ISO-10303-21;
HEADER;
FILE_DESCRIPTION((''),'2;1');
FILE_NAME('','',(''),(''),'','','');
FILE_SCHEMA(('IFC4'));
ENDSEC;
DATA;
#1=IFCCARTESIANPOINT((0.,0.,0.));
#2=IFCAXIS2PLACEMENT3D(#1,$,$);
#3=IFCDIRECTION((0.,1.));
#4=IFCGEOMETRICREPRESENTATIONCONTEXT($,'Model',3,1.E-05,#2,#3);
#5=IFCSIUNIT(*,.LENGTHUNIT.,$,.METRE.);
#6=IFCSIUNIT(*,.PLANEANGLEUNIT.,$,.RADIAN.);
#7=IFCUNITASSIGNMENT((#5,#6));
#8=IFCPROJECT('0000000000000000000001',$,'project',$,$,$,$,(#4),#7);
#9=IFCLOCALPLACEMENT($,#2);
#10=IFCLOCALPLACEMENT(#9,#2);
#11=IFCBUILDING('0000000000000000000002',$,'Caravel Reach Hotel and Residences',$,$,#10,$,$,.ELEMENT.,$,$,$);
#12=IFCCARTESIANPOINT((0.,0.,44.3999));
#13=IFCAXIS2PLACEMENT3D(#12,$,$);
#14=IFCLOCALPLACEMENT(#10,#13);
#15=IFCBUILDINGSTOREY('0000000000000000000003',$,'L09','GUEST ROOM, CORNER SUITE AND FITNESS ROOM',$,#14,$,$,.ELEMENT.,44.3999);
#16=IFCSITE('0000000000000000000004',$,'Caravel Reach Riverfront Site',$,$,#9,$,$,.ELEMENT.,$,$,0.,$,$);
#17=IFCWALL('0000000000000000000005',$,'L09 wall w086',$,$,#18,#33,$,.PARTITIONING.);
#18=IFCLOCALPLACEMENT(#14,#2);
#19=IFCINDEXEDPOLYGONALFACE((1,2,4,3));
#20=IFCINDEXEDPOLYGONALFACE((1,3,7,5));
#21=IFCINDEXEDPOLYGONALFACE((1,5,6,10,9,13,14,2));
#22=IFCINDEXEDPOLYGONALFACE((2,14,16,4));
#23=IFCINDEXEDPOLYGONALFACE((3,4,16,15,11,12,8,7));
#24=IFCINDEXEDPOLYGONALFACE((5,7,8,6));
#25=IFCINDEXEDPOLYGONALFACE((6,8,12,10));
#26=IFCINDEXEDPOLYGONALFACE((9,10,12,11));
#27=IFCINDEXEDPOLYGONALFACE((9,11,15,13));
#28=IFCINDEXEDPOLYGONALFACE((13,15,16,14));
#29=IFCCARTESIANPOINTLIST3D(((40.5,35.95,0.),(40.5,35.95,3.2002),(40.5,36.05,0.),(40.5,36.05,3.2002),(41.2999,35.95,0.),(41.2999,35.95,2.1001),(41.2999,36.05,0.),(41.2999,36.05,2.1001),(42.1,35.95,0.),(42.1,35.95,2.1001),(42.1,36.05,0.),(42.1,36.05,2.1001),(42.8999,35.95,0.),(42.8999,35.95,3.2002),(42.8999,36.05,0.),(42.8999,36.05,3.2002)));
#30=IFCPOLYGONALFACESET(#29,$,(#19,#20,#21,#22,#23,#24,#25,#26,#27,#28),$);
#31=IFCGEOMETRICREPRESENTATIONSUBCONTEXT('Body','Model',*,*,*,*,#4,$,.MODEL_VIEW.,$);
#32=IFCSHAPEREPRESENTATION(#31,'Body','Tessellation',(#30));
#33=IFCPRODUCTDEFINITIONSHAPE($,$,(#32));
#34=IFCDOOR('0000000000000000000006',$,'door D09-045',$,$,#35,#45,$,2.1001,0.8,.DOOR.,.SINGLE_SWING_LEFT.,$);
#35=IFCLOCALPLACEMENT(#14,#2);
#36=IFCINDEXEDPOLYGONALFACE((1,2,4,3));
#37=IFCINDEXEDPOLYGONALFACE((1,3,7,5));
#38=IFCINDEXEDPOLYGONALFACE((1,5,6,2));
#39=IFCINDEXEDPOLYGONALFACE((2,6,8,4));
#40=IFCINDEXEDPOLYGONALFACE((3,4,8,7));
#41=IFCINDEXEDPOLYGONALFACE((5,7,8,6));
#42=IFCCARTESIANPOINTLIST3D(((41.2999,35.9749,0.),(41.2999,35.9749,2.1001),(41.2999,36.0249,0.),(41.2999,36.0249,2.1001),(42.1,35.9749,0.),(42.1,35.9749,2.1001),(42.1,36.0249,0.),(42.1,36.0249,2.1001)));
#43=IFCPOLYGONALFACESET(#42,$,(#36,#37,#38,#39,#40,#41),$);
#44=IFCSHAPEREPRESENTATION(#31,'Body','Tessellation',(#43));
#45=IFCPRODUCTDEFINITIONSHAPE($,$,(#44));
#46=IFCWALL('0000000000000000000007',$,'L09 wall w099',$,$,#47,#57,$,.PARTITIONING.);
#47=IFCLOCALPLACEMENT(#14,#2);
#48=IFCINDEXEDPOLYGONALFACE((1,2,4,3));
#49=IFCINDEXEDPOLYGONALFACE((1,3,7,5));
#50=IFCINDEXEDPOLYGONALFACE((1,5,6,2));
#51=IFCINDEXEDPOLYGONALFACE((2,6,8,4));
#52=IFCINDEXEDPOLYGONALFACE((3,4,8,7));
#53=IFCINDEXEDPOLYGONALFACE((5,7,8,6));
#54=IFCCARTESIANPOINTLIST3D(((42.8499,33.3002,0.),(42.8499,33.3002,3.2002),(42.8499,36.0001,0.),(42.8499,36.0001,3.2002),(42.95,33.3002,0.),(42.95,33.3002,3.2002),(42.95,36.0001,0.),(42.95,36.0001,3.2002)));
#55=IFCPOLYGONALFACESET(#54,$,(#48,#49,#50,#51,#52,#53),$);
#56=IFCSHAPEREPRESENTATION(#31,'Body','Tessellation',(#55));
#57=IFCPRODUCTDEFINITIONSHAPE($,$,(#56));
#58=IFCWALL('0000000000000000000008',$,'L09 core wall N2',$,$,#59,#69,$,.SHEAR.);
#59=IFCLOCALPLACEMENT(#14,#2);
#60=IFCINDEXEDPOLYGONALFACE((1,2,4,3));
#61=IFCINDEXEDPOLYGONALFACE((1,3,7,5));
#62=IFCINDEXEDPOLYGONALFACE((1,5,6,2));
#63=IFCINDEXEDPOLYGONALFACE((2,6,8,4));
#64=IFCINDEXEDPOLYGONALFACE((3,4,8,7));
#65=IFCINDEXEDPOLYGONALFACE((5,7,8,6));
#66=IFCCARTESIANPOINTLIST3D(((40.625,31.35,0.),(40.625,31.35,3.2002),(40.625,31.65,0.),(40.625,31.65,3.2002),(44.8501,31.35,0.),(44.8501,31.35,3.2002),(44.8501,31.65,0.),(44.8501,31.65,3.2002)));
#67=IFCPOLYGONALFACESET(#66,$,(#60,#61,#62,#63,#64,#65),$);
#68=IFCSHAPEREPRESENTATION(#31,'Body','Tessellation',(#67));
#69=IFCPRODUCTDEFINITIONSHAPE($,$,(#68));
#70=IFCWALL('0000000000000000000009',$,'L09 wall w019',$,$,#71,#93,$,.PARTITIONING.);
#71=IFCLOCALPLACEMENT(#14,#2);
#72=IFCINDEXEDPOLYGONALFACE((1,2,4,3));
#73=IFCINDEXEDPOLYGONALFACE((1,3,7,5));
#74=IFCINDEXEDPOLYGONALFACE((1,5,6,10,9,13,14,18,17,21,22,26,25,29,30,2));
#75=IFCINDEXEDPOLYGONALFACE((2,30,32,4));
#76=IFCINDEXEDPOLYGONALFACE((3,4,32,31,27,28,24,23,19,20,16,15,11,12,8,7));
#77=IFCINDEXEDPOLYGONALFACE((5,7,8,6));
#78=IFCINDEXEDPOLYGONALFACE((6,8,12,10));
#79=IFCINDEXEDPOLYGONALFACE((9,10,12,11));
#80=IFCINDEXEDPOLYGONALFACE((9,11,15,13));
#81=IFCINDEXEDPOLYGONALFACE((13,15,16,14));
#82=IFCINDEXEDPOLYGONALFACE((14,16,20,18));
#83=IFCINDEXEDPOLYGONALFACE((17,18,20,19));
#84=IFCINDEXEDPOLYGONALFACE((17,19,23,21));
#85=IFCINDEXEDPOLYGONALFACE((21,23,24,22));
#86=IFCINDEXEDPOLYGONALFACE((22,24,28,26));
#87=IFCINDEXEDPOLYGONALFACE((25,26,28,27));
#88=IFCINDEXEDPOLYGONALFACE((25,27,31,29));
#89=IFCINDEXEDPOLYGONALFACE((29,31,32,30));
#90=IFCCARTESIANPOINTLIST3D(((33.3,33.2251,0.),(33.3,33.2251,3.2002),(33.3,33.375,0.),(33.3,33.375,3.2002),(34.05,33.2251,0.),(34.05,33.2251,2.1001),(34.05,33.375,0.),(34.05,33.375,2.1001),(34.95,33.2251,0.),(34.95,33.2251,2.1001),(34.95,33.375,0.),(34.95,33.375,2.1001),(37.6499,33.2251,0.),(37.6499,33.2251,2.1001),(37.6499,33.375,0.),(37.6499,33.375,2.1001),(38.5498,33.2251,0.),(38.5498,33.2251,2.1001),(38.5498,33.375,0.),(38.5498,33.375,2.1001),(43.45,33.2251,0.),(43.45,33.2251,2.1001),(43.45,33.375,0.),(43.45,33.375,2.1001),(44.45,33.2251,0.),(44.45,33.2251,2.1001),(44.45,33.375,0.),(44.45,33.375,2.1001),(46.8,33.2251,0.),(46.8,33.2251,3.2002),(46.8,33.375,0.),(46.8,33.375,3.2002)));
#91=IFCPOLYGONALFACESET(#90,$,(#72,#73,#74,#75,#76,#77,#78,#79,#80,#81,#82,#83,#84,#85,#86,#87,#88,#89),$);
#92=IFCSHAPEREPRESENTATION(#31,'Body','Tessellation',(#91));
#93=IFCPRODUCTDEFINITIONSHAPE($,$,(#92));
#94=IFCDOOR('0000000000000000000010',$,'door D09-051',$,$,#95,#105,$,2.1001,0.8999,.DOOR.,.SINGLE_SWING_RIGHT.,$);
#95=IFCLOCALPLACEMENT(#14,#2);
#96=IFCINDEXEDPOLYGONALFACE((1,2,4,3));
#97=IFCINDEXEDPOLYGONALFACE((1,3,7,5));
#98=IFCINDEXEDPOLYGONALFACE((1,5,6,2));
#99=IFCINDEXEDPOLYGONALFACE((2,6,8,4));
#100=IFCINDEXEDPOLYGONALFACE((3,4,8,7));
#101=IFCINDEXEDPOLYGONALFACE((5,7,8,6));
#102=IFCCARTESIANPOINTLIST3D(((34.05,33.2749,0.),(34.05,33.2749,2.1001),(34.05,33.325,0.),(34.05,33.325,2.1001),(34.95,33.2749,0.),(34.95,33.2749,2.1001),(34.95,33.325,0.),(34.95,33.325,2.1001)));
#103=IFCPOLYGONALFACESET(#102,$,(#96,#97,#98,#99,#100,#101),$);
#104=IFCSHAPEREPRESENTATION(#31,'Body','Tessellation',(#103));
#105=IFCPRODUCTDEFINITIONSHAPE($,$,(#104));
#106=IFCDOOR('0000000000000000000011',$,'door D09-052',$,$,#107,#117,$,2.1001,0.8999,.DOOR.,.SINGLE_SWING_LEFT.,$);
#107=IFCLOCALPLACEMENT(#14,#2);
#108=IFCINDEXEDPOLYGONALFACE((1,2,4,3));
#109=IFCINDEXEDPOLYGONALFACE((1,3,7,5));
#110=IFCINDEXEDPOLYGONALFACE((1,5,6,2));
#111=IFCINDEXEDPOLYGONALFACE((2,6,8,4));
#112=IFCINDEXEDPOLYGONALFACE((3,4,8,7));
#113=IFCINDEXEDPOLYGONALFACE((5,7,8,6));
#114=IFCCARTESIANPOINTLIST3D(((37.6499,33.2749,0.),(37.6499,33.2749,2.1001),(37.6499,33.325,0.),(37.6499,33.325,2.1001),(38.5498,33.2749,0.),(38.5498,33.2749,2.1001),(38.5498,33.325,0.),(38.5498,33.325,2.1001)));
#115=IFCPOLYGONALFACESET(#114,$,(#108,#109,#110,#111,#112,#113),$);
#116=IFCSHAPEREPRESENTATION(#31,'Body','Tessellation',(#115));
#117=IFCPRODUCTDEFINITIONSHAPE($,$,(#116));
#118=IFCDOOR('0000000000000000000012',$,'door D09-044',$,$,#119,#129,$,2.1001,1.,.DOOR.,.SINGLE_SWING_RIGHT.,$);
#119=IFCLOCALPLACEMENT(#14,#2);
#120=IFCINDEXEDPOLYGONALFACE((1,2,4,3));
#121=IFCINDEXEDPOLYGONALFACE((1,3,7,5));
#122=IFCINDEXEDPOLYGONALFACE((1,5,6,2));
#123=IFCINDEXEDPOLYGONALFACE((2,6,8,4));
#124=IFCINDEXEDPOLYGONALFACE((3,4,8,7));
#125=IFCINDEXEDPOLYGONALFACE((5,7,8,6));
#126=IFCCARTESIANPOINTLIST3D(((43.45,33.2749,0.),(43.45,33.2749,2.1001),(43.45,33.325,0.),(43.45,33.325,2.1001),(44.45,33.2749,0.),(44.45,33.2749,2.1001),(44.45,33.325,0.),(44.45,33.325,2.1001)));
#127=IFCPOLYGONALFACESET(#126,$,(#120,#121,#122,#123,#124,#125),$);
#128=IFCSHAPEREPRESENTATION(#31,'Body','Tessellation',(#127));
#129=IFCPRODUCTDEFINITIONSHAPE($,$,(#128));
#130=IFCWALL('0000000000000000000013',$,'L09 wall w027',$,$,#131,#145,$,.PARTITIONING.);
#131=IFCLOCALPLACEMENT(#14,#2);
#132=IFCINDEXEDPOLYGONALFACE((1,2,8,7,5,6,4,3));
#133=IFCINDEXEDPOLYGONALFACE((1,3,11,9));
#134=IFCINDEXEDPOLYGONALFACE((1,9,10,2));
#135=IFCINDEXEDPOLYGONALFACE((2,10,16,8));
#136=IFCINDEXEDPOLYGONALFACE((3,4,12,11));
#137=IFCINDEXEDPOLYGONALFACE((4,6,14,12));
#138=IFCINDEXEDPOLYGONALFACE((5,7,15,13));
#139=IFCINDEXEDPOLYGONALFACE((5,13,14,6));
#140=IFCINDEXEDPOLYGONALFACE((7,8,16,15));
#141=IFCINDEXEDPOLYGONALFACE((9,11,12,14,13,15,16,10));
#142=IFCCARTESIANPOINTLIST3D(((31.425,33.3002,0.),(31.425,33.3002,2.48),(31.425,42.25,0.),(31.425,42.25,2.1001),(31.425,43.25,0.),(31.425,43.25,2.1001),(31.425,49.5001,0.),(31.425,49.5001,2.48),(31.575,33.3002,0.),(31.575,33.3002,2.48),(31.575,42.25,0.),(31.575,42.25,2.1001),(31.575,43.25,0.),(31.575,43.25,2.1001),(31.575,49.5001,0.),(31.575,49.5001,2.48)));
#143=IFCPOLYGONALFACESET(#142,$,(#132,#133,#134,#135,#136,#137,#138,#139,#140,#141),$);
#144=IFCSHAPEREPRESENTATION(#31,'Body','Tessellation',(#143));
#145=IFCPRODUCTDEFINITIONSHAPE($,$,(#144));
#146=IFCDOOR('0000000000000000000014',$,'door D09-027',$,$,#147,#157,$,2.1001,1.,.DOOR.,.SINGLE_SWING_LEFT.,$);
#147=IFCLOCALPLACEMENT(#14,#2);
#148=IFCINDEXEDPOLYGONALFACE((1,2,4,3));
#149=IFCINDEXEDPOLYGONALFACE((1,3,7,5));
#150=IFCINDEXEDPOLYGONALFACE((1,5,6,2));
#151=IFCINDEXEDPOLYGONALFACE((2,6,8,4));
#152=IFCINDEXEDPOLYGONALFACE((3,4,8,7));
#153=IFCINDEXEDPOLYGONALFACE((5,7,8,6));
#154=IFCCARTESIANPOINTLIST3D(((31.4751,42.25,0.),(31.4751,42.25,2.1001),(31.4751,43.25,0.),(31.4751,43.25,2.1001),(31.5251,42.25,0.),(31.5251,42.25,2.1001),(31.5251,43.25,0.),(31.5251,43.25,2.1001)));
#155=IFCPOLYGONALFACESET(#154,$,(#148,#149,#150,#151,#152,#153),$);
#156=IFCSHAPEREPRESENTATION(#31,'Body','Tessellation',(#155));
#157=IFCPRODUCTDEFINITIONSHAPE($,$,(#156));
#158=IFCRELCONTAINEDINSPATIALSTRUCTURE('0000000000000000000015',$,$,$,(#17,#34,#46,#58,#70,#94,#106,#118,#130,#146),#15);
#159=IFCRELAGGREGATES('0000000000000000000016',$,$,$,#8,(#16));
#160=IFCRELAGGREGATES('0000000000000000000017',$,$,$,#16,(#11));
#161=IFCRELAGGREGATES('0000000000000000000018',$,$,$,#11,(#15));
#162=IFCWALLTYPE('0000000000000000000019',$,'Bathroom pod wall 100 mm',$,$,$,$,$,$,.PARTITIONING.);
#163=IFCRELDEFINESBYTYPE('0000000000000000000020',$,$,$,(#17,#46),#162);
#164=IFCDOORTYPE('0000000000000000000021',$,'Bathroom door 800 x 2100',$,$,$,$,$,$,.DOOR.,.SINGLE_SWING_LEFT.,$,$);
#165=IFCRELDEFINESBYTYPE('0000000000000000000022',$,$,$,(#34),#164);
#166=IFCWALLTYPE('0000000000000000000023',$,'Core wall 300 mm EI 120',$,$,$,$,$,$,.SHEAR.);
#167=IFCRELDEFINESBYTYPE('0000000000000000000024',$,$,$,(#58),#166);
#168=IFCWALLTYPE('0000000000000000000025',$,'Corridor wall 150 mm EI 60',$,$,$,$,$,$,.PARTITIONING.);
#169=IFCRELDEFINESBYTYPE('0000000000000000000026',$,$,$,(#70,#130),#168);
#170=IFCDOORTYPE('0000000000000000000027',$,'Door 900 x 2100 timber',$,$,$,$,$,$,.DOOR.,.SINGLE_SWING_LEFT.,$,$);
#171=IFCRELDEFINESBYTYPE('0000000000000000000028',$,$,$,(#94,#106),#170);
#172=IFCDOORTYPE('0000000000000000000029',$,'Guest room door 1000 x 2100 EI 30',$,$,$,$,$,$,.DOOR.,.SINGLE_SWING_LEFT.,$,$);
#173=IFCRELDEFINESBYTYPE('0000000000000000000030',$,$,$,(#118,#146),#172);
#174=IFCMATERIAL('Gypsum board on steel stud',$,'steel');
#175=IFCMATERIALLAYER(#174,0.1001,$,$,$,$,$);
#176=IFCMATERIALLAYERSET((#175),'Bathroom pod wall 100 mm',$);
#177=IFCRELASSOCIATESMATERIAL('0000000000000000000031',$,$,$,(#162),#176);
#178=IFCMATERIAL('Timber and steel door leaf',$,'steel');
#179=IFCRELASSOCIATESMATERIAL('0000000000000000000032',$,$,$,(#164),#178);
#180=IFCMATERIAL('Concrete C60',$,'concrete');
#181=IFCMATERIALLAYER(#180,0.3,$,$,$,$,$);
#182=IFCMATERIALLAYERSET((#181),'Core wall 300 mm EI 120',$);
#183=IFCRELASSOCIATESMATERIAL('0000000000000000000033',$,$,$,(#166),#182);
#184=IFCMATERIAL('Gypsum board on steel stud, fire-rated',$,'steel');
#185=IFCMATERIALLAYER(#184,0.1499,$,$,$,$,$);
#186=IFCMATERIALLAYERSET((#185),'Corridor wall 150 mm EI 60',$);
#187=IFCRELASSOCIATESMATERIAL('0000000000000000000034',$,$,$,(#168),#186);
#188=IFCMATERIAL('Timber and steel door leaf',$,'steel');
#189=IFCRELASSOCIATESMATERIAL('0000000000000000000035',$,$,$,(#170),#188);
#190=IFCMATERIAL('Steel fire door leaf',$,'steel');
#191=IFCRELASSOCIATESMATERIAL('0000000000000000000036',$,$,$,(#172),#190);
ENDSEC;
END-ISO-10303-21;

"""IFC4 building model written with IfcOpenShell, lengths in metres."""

from ifc_helpers import new_model, si_unit, direction, frame, frame_2d, origin, place, context, subcontext, project, spatial, rectangle, extrude, material, layer, layer_set, type_object, element, fill, save


model = new_model("IFC4")

# Units and contexts
model_context = context("Model", 3, precision=1e-05, world=origin(), true_north=direction((0.0, 1.0)))
body_context = subcontext(model_context, "Body", "Model", "MODEL_VIEW")
ifc_project = project(units=[si_unit("LENGTHUNIT", "METRE"), si_unit("PLANEANGLEUNIT", "RADIAN")], contexts=[model_context])

# Site, building, storey
site_placement = place(None, origin())
site = spatial("IfcSite", under=ifc_project, at=site_placement, Name="Caravel Reach Riverfront Site", CompositionType="ELEMENT", RefElevation=0.0)
building_placement = place(site_placement, origin())
building = spatial("IfcBuilding", under=site, at=building_placement, Name="Caravel Reach Hotel and Residences", CompositionType="ELEMENT")
storey_placement = place(building_placement, frame((0.0, 0.0, 44.3999)))
storey = spatial("IfcBuildingStorey", under=building, at=storey_placement, Name="L09", Description="GUEST ROOM, CORNER SUITE AND FITNESS ROOM", CompositionType="ELEMENT", Elevation=44.3999)

# Wall, opening, door
ifc_material_1 = material(Name="Gypsum board on steel stud", Category="steel")
ifc_layer_1 = layer(ifc_material_1, 0.1001)
ifc_layer_set_1 = layer_set([ifc_layer_1], Name="Bathroom pod wall 100 mm")
wall_type_1 = type_object("IfcWallType", Name="Bathroom pod wall 100 mm", PredefinedType="PARTITIONING", material=ifc_layer_set_1)
wall_1_placement = place(storey_placement, frame((40.5, 36.0, 0.0), z_axis=(0.0, 0.0, 1.0), x_axis=(1.0, 0.0, 0.0)))
wall_1 = element("IfcWall", 1, at=wall_1_placement, inside=storey, type_object=wall_type_1, Name="L09 wall w086", PredefinedType="PARTITIONING", context=body_context, shape_type="SweptSolid", body=[
    extrude(rectangle(XDim=2.3999, YDim=0.1001, at=frame_2d((1.2, 0.0))), origin(), (0.0, 0.0, 1.0), 3.2002),
])
opening_1_placement = place(wall_1_placement, frame((0.8, 0.0, 0.0)))
opening_1 = element("IfcOpeningElement", 2, at=opening_1_placement, cuts=wall_1, PredefinedType="OPENING", context=body_context, shape_type="SweptSolid", body=[
    extrude(rectangle(XDim=0.8, YDim=2.1001, at=frame_2d((0.3999, 1.05))), frame((0.0, 0.0601, 0.0), z_axis=(0.0, -1.0, 0.0), x_axis=(1.0, 0.0, 0.0)), (0.0, 0.0, 1.0), 0.1201),
])
ifc_material_2 = material(Name="Timber and steel door leaf", Category="steel")
door_type_1 = type_object("IfcDoorType", Name="Bathroom door 800 x 2100", OperationType="SINGLE_SWING_LEFT", PredefinedType="DOOR", material=ifc_material_2)
door_1_placement = place(opening_1_placement, origin())
door_1 = element("IfcDoor", 3, at=door_1_placement, inside=storey, type_object=door_type_1, Name="door D09-045", OperationType="SINGLE_SWING_LEFT", OverallHeight=2.1001, OverallWidth=0.8, PredefinedType="DOOR", context=body_context, shape_type="SweptSolid", body=[
    extrude(rectangle(XDim=0.8, YDim=2.1001, at=frame_2d((0.3999, 1.05))), frame((0.0, 0.0249, 0.0), z_axis=(0.0, -1.0, 0.0), x_axis=(1.0, 0.0, 0.0)), (0.0, 0.0, 1.0), 0.05),
])
fill(opening_1, door_1)

# Walls
wall_2_placement = place(storey_placement, frame((42.8999, 33.3, 0.0), z_axis=(0.0, 0.0, 1.0), x_axis=(0.0, 1.0, 0.0)))
element("IfcWall", 4, at=wall_2_placement, inside=storey, type_object=wall_type_1, Name="L09 wall w099", PredefinedType="PARTITIONING", context=body_context, shape_type="SweptSolid", body=[
    extrude(rectangle(XDim=2.7, YDim=0.1001, at=frame_2d((1.3501, 0.0))), origin(), (0.0, 0.0, 1.0), 3.2002),
])
ifc_material_3 = material(Name="Concrete C60", Category="concrete")
ifc_layer_2 = layer(ifc_material_3, 0.3)
ifc_layer_set_2 = layer_set([ifc_layer_2], Name="Core wall 300 mm EI 120")
wall_type_2 = type_object("IfcWallType", Name="Core wall 300 mm EI 120", PredefinedType="SHEAR", material=ifc_layer_set_2)
wall_3_placement = place(storey_placement, frame((40.625, 31.5, 0.0), z_axis=(0.0, 0.0, 1.0), x_axis=(1.0, 0.0, 0.0)))
element("IfcWall", 5, at=wall_3_placement, inside=storey, type_object=wall_type_2, Name="L09 core wall N2", PredefinedType="SHEAR", context=body_context, shape_type="SweptSolid", body=[
    extrude(rectangle(XDim=4.2251, YDim=0.3, at=frame_2d((2.1125, 0.0))), origin(), (0.0, 0.0, 1.0), 3.2002),
])

# Wall, openings, doors
ifc_material_4 = material(Name="Gypsum board on steel stud, fire-rated", Category="steel")
ifc_layer_3 = layer(ifc_material_4, 0.1499)
ifc_layer_set_3 = layer_set([ifc_layer_3], Name="Corridor wall 150 mm EI 60")
wall_type_3 = type_object("IfcWallType", Name="Corridor wall 150 mm EI 60", PredefinedType="PARTITIONING", material=ifc_layer_set_3)
wall_4_placement = place(storey_placement, frame((33.3, 33.3, 0.0), z_axis=(0.0, 0.0, 1.0), x_axis=(1.0, 0.0, 0.0)))
wall_4 = element("IfcWall", 6, at=wall_4_placement, inside=storey, type_object=wall_type_3, Name="L09 wall w019", PredefinedType="PARTITIONING", context=body_context, shape_type="SweptSolid", body=[
    extrude(rectangle(XDim=13.5, YDim=0.1499, at=frame_2d((6.75, 0.0))), origin(), (0.0, 0.0, 1.0), 3.2002),
])
opening_2_placement = place(wall_4_placement, frame((10.1499, 0.0, 0.0)))
opening_2 = element("IfcOpeningElement", 7, at=opening_2_placement, cuts=wall_4, PredefinedType="OPENING", context=body_context, shape_type="SweptSolid", body=[
    extrude(rectangle(XDim=1.0, YDim=2.1001, at=frame_2d((0.5, 1.05))), frame((0.0, 0.085, 0.0), z_axis=(0.0, -1.0, 0.0), x_axis=(1.0, 0.0, 0.0)), (0.0, 0.0, 1.0), 0.1699),
])
opening_3_placement = place(wall_4_placement, frame((0.75, 0.0, 0.0)))
opening_3 = element("IfcOpeningElement", 8, at=opening_3_placement, cuts=wall_4, PredefinedType="OPENING", context=body_context, shape_type="SweptSolid", body=[
    extrude(rectangle(XDim=0.8999, YDim=2.1001, at=frame_2d((0.45, 1.05))), frame((0.0, 0.085, 0.0), z_axis=(0.0, -1.0, 0.0), x_axis=(1.0, 0.0, 0.0)), (0.0, 0.0, 1.0), 0.1699),
])
opening_4_placement = place(wall_4_placement, frame((4.3499, 0.0, 0.0)))
opening_4 = element("IfcOpeningElement", 9, at=opening_4_placement, cuts=wall_4, PredefinedType="OPENING", context=body_context, shape_type="SweptSolid", body=[
    extrude(rectangle(XDim=0.8999, YDim=2.1001, at=frame_2d((0.45, 1.05))), frame((0.0, 0.085, 0.0), z_axis=(0.0, -1.0, 0.0), x_axis=(1.0, 0.0, 0.0)), (0.0, 0.0, 1.0), 0.1699),
])
ifc_material_5 = material(Name="Timber and steel door leaf", Category="steel")
door_type_2 = type_object("IfcDoorType", Name="Door 900 x 2100 timber", OperationType="SINGLE_SWING_LEFT", PredefinedType="DOOR", material=ifc_material_5)
door_2_placement = place(opening_3_placement, origin())
door_2 = element("IfcDoor", 10, at=door_2_placement, inside=storey, type_object=door_type_2, Name="door D09-051", OperationType="SINGLE_SWING_RIGHT", OverallHeight=2.1001, OverallWidth=0.8999, PredefinedType="DOOR", context=body_context, shape_type="SweptSolid", body=[
    extrude(rectangle(XDim=0.8999, YDim=2.1001, at=frame_2d((0.45, 1.05))), frame((0.0, 0.0249, 0.0), z_axis=(0.0, -1.0, 0.0), x_axis=(1.0, 0.0, 0.0)), (0.0, 0.0, 1.0), 0.05),
])
fill(opening_3, door_2)
door_3_placement = place(opening_4_placement, origin())
door_3 = element("IfcDoor", 11, at=door_3_placement, inside=storey, type_object=door_type_2, Name="door D09-052", OperationType="SINGLE_SWING_LEFT", OverallHeight=2.1001, OverallWidth=0.8999, PredefinedType="DOOR", context=body_context, shape_type="SweptSolid", body=[
    extrude(rectangle(XDim=0.8999, YDim=2.1001, at=frame_2d((0.45, 1.05))), frame((0.0, 0.0249, 0.0), z_axis=(0.0, -1.0, 0.0), x_axis=(1.0, 0.0, 0.0)), (0.0, 0.0, 1.0), 0.05),
])
fill(opening_4, door_3)
ifc_material_6 = material(Name="Steel fire door leaf", Category="steel")
door_type_3 = type_object("IfcDoorType", Name="Guest room door 1000 x 2100 EI 30", OperationType="SINGLE_SWING_LEFT", PredefinedType="DOOR", material=ifc_material_6)
door_4_placement = place(opening_2_placement, origin())
door_4 = element("IfcDoor", 12, at=door_4_placement, inside=storey, type_object=door_type_3, Name="door D09-044", OperationType="SINGLE_SWING_RIGHT", OverallHeight=2.1001, OverallWidth=1.0, PredefinedType="DOOR", context=body_context, shape_type="SweptSolid", body=[
    extrude(rectangle(XDim=1.0, YDim=2.1001, at=frame_2d((0.5, 1.05))), frame((0.0, 0.0249, 0.0), z_axis=(0.0, -1.0, 0.0), x_axis=(1.0, 0.0, 0.0)), (0.0, 0.0, 1.0), 0.05),
])
fill(opening_2, door_4)

# Wall, opening, door
wall_5_placement = place(storey_placement, frame((31.5, 33.3, 0.0), z_axis=(0.0, 0.0, 1.0), x_axis=(0.0, 1.0, 0.0)))
wall_5 = element("IfcWall", 13, at=wall_5_placement, inside=storey, type_object=wall_type_3, Name="L09 wall w027", PredefinedType="PARTITIONING", context=body_context, shape_type="SweptSolid", body=[
    extrude(rectangle(XDim=16.2, YDim=0.1499, at=frame_2d((8.1001, 0.0))), origin(), (0.0, 0.0, 1.0), 2.48),
])
opening_5_placement = place(wall_5_placement, frame((8.95, 0.0, 0.0)))
opening_5 = element("IfcOpeningElement", 14, at=opening_5_placement, cuts=wall_5, PredefinedType="OPENING", context=body_context, shape_type="SweptSolid", body=[
    extrude(rectangle(XDim=1.0, YDim=2.1001, at=frame_2d((0.5, 1.05))), frame((0.0, 0.085, 0.0), z_axis=(0.0, -1.0, 0.0), x_axis=(1.0, 0.0, 0.0)), (0.0, 0.0, 1.0), 0.1699),
])
door_5_placement = place(opening_5_placement, origin())
door_5 = element("IfcDoor", 15, at=door_5_placement, inside=storey, type_object=door_type_3, Name="door D09-027", OperationType="SINGLE_SWING_LEFT", OverallHeight=2.1001, OverallWidth=1.0, PredefinedType="DOOR", context=body_context, shape_type="SweptSolid", body=[
    extrude(rectangle(XDim=1.0, YDim=2.1001, at=frame_2d((0.5, 1.05))), frame((0.0, 0.0249, 0.0), z_axis=(0.0, -1.0, 0.0), x_axis=(1.0, 0.0, 0.0)), (0.0, 0.0, 1.0), 0.05),
])
fill(opening_5, door_5)

save(model, "model.ifc")
